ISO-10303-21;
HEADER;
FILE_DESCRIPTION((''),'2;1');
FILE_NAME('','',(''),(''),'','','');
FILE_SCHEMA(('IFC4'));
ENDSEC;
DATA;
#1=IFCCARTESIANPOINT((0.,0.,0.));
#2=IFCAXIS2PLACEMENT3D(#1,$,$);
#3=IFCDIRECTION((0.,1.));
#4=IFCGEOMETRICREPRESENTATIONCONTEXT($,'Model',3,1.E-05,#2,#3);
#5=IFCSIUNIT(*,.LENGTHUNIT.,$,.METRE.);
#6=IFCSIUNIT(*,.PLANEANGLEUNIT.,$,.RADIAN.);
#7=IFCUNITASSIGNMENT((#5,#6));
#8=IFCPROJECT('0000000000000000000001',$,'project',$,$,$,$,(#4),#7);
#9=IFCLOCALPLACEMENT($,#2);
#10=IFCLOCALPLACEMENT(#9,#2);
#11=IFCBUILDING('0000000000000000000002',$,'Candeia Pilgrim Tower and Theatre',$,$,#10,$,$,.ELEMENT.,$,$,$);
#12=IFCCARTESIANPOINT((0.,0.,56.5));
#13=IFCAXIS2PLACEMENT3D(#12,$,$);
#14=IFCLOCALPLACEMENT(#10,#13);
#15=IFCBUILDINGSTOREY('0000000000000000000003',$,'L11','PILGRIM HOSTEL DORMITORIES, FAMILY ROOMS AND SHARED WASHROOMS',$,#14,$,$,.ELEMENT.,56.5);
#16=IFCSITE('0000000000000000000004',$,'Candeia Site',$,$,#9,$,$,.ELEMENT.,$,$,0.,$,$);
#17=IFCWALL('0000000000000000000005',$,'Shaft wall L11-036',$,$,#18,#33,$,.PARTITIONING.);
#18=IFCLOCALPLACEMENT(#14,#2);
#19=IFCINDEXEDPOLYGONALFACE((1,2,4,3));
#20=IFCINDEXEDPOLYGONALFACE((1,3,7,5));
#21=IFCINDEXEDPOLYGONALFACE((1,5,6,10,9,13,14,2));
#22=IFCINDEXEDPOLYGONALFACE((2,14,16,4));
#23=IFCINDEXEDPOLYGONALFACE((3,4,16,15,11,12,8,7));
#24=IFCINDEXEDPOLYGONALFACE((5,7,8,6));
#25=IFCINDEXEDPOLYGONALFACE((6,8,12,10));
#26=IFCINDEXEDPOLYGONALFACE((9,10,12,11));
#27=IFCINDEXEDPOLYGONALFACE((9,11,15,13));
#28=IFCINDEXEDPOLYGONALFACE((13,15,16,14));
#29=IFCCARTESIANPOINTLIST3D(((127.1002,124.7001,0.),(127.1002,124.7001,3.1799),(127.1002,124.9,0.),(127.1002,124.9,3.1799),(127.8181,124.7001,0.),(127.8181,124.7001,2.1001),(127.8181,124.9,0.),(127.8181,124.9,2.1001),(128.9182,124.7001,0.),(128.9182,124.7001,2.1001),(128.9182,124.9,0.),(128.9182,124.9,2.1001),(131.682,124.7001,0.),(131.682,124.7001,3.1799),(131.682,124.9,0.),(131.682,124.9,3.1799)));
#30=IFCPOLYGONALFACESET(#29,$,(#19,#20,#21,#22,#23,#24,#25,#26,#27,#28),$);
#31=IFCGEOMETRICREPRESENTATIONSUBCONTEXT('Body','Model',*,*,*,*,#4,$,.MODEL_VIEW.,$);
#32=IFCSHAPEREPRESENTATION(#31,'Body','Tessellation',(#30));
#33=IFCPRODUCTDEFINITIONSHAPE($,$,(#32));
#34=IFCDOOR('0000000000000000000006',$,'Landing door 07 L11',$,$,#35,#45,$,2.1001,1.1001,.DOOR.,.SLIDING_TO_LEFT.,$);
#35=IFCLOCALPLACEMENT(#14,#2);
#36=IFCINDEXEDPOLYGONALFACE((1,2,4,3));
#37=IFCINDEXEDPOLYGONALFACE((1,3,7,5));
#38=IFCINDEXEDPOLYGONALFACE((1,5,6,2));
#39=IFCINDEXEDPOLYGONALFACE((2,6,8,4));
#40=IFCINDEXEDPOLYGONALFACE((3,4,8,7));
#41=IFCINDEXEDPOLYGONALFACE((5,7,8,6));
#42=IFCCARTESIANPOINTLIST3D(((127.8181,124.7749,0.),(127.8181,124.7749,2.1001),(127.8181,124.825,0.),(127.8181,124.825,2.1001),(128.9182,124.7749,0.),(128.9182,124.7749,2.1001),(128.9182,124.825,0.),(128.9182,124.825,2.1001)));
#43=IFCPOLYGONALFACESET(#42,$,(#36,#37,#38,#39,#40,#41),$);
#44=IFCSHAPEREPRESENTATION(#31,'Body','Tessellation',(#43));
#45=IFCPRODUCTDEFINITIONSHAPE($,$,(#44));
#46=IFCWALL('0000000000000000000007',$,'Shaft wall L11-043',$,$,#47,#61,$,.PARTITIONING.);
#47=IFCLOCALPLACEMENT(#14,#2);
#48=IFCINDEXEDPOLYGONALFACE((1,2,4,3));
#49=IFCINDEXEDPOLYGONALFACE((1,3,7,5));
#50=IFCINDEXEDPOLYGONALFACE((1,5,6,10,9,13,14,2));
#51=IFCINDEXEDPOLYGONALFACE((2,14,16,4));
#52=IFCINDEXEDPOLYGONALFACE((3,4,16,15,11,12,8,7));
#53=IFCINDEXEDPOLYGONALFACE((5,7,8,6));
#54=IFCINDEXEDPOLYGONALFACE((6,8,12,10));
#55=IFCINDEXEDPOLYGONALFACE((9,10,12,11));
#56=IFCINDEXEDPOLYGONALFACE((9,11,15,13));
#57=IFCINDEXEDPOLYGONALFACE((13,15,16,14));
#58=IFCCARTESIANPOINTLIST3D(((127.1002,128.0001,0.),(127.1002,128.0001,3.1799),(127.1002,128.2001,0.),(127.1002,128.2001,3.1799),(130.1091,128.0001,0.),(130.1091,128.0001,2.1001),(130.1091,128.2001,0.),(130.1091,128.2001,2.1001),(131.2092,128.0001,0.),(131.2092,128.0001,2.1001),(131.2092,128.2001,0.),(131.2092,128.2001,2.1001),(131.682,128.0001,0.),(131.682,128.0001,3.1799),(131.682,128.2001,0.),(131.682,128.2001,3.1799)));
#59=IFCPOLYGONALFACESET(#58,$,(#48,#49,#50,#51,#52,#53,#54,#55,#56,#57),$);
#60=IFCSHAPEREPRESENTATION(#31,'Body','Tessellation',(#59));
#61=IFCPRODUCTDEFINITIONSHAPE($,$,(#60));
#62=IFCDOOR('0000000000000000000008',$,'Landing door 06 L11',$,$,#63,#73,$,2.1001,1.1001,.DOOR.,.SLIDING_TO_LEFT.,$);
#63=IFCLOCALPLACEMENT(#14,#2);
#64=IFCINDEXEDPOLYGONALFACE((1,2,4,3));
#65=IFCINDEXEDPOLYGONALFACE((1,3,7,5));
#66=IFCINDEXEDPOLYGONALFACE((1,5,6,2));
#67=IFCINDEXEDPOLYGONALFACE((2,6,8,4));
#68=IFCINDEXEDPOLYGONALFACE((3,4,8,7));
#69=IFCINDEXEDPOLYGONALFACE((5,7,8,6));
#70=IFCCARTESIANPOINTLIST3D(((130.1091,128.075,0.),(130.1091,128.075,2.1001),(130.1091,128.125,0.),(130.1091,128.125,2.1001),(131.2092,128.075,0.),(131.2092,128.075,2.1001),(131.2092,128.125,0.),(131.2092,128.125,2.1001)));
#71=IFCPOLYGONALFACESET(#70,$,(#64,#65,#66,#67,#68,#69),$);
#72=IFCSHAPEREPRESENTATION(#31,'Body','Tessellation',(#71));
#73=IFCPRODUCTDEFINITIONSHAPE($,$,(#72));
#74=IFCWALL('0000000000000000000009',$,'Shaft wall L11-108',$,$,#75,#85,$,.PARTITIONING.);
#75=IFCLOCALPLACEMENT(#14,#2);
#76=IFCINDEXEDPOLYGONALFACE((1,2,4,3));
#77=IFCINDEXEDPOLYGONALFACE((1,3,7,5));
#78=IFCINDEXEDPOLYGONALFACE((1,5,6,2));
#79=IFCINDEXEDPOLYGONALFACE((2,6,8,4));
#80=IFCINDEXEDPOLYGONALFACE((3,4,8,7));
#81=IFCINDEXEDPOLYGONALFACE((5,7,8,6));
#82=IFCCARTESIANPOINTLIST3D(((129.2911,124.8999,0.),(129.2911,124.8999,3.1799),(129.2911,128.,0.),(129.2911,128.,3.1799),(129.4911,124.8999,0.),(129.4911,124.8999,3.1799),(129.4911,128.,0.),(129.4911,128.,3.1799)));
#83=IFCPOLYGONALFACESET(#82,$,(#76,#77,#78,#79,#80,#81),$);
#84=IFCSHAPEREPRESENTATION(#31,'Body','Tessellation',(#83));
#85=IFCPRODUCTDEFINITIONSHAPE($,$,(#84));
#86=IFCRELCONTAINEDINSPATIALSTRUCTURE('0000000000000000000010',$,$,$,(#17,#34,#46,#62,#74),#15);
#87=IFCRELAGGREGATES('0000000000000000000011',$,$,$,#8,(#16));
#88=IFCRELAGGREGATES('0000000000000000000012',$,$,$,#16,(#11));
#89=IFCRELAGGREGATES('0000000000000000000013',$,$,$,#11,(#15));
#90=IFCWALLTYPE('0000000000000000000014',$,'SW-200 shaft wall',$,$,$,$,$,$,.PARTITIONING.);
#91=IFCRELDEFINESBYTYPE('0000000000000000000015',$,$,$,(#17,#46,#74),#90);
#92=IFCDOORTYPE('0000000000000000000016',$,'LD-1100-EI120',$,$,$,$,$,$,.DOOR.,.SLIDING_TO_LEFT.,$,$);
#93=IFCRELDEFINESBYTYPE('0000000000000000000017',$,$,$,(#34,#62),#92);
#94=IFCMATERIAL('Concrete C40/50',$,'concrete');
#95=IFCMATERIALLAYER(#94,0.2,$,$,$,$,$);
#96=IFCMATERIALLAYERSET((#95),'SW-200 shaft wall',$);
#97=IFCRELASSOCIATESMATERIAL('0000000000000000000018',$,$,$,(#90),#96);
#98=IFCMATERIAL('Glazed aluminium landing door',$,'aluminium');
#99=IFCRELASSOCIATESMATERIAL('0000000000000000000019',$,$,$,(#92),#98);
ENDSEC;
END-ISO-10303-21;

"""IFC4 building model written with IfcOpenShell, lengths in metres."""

from ifc_helpers import new_model, si_unit, direction, frame, frame_2d, origin, place, context, subcontext, project, spatial, rectangle, extrude, material, layer, layer_set, type_object, element, fill, save


model = new_model("IFC4")

# Units and contexts
model_context = context("Model", 3, precision=1e-05, world=origin(), true_north=direction((0.0, 1.0)))
body_context = subcontext(model_context, "Body", "Model", "MODEL_VIEW")
ifc_project = project(units=[si_unit("LENGTHUNIT", "METRE"), si_unit("PLANEANGLEUNIT", "RADIAN")], contexts=[model_context])

# Site, building, storey
site_placement = place(None, origin())
site = spatial("IfcSite", under=ifc_project, at=site_placement, Name="Candeia Site", CompositionType="ELEMENT", RefElevation=0.0)
building_placement = place(site_placement, origin())
building = spatial("IfcBuilding", under=site, at=building_placement, Name="Candeia Pilgrim Tower and Theatre", CompositionType="ELEMENT")
storey_placement = place(building_placement, frame((0.0, 0.0, 56.5)))
storey = spatial("IfcBuildingStorey", under=building, at=storey_placement, Name="L11", Description="PILGRIM HOSTEL DORMITORIES, FAMILY ROOMS AND SHARED WASHROOMS", CompositionType="ELEMENT", Elevation=56.5)

# Shared definitions
ifc_material_1 = material(Name="Concrete C40/50", Category="concrete")
ifc_layer_1 = layer(ifc_material_1, 0.2)
ifc_layer_set_1 = layer_set([ifc_layer_1], Name="SW-200 shaft wall")
wall_type_1 = type_object("IfcWallType", Name="SW-200 shaft wall", PredefinedType="PARTITIONING", material=ifc_layer_set_1)

# Walls, openings, doors
wall_1_placement = place(storey_placement, frame((127.1001, 124.8, 0.0), z_axis=(0.0, 0.0, 1.0), x_axis=(1.0, 0.0, 0.0)))
wall_1 = element("IfcWall", 1, at=wall_1_placement, inside=storey, type_object=wall_type_1, Name="Shaft wall L11-036", PredefinedType="PARTITIONING", context=body_context, shape_type="SweptSolid", body=[
    extrude(rectangle(XDim=4.5818, YDim=0.2, at=frame_2d((2.291, 0.0))), origin(), (0.0, 0.0, 1.0), 3.1799),
])
opening_1_placement = place(wall_1_placement, frame((0.718, 0.0, 0.0)))
opening_1 = element("IfcOpeningElement", 2, at=opening_1_placement, cuts=wall_1, PredefinedType="OPENING", context=body_context, shape_type="SweptSolid", body=[
    extrude(rectangle(XDim=1.1001, YDim=2.1001, at=frame_2d((0.55, 1.05))), frame((0.0, 0.1099, 0.0), z_axis=(0.0, -1.0, 0.0), x_axis=(1.0, 0.0, 0.0)), (0.0, 0.0, 1.0), 0.22),
])
ifc_material_2 = material(Name="Glazed aluminium landing door", Category="aluminium")
door_type_1 = type_object("IfcDoorType", Name="LD-1100-EI120", OperationType="SLIDING_TO_LEFT", PredefinedType="DOOR", material=ifc_material_2)
door_1_placement = place(opening_1_placement, origin())
door_1 = element("IfcDoor", 3, at=door_1_placement, inside=storey, type_object=door_type_1, Name="Landing door 07 L11", OperationType="SLIDING_TO_LEFT", OverallHeight=2.1001, OverallWidth=1.1001, PredefinedType="DOOR", context=body_context, shape_type="SweptSolid", body=[
    extrude(rectangle(XDim=1.1001, YDim=2.1001, at=frame_2d((0.55, 1.05))), frame((0.0, 0.0249, 0.0), z_axis=(0.0, -1.0, 0.0), x_axis=(1.0, 0.0, 0.0)), (0.0, 0.0, 1.0), 0.05),
])
fill(opening_1, door_1)
wall_2_placement = place(storey_placement, frame((127.1001, 128.1001, 0.0), z_axis=(0.0, 0.0, 1.0), x_axis=(1.0, 0.0, 0.0)))
wall_2 = element("IfcWall", 4, at=wall_2_placement, inside=storey, type_object=wall_type_1, Name="Shaft wall L11-043", PredefinedType="PARTITIONING", context=body_context, shape_type="SweptSolid", body=[
    extrude(rectangle(XDim=4.5818, YDim=0.2, at=frame_2d((2.291, 0.0))), origin(), (0.0, 0.0, 1.0), 3.1799),
])
opening_2_placement = place(wall_2_placement, frame((3.009, 0.0, 0.0)))
opening_2 = element("IfcOpeningElement", 5, at=opening_2_placement, cuts=wall_2, PredefinedType="OPENING", context=body_context, shape_type="SweptSolid", body=[
    extrude(rectangle(XDim=1.1001, YDim=2.1001, at=frame_2d((0.55, 1.05))), frame((0.0, 0.1099, 0.0), z_axis=(0.0, -1.0, 0.0), x_axis=(1.0, 0.0, 0.0)), (0.0, 0.0, 1.0), 0.22),
])
door_2_placement = place(opening_2_placement, origin())
door_2 = element("IfcDoor", 6, at=door_2_placement, inside=storey, type_object=door_type_1, Name="Landing door 06 L11", OperationType="SLIDING_TO_LEFT", OverallHeight=2.1001, OverallWidth=1.1001, PredefinedType="DOOR", context=body_context, shape_type="SweptSolid", body=[
    extrude(rectangle(XDim=1.1001, YDim=2.1001, at=frame_2d((0.55, 1.05))), frame((0.0, 0.0249, 0.0), z_axis=(0.0, -1.0, 0.0), x_axis=(1.0, 0.0, 0.0)), (0.0, 0.0, 1.0), 0.05),
])
fill(opening_2, door_2)

# Wall
wall_3_placement = place(storey_placement, frame((129.3911, 124.8999, 0.0), z_axis=(0.0, 0.0, 1.0), x_axis=(0.0, 1.0, 0.0)))
element("IfcWall", 7, at=wall_3_placement, inside=storey, type_object=wall_type_1, Name="Shaft wall L11-108", PredefinedType="PARTITIONING", context=body_context, shape_type="SweptSolid", body=[
    extrude(rectangle(XDim=3.1001, YDim=0.2, at=frame_2d((1.55, 0.0))), origin(), (0.0, 0.0, 1.0), 3.1799),
])

save(model, "model.ifc")
